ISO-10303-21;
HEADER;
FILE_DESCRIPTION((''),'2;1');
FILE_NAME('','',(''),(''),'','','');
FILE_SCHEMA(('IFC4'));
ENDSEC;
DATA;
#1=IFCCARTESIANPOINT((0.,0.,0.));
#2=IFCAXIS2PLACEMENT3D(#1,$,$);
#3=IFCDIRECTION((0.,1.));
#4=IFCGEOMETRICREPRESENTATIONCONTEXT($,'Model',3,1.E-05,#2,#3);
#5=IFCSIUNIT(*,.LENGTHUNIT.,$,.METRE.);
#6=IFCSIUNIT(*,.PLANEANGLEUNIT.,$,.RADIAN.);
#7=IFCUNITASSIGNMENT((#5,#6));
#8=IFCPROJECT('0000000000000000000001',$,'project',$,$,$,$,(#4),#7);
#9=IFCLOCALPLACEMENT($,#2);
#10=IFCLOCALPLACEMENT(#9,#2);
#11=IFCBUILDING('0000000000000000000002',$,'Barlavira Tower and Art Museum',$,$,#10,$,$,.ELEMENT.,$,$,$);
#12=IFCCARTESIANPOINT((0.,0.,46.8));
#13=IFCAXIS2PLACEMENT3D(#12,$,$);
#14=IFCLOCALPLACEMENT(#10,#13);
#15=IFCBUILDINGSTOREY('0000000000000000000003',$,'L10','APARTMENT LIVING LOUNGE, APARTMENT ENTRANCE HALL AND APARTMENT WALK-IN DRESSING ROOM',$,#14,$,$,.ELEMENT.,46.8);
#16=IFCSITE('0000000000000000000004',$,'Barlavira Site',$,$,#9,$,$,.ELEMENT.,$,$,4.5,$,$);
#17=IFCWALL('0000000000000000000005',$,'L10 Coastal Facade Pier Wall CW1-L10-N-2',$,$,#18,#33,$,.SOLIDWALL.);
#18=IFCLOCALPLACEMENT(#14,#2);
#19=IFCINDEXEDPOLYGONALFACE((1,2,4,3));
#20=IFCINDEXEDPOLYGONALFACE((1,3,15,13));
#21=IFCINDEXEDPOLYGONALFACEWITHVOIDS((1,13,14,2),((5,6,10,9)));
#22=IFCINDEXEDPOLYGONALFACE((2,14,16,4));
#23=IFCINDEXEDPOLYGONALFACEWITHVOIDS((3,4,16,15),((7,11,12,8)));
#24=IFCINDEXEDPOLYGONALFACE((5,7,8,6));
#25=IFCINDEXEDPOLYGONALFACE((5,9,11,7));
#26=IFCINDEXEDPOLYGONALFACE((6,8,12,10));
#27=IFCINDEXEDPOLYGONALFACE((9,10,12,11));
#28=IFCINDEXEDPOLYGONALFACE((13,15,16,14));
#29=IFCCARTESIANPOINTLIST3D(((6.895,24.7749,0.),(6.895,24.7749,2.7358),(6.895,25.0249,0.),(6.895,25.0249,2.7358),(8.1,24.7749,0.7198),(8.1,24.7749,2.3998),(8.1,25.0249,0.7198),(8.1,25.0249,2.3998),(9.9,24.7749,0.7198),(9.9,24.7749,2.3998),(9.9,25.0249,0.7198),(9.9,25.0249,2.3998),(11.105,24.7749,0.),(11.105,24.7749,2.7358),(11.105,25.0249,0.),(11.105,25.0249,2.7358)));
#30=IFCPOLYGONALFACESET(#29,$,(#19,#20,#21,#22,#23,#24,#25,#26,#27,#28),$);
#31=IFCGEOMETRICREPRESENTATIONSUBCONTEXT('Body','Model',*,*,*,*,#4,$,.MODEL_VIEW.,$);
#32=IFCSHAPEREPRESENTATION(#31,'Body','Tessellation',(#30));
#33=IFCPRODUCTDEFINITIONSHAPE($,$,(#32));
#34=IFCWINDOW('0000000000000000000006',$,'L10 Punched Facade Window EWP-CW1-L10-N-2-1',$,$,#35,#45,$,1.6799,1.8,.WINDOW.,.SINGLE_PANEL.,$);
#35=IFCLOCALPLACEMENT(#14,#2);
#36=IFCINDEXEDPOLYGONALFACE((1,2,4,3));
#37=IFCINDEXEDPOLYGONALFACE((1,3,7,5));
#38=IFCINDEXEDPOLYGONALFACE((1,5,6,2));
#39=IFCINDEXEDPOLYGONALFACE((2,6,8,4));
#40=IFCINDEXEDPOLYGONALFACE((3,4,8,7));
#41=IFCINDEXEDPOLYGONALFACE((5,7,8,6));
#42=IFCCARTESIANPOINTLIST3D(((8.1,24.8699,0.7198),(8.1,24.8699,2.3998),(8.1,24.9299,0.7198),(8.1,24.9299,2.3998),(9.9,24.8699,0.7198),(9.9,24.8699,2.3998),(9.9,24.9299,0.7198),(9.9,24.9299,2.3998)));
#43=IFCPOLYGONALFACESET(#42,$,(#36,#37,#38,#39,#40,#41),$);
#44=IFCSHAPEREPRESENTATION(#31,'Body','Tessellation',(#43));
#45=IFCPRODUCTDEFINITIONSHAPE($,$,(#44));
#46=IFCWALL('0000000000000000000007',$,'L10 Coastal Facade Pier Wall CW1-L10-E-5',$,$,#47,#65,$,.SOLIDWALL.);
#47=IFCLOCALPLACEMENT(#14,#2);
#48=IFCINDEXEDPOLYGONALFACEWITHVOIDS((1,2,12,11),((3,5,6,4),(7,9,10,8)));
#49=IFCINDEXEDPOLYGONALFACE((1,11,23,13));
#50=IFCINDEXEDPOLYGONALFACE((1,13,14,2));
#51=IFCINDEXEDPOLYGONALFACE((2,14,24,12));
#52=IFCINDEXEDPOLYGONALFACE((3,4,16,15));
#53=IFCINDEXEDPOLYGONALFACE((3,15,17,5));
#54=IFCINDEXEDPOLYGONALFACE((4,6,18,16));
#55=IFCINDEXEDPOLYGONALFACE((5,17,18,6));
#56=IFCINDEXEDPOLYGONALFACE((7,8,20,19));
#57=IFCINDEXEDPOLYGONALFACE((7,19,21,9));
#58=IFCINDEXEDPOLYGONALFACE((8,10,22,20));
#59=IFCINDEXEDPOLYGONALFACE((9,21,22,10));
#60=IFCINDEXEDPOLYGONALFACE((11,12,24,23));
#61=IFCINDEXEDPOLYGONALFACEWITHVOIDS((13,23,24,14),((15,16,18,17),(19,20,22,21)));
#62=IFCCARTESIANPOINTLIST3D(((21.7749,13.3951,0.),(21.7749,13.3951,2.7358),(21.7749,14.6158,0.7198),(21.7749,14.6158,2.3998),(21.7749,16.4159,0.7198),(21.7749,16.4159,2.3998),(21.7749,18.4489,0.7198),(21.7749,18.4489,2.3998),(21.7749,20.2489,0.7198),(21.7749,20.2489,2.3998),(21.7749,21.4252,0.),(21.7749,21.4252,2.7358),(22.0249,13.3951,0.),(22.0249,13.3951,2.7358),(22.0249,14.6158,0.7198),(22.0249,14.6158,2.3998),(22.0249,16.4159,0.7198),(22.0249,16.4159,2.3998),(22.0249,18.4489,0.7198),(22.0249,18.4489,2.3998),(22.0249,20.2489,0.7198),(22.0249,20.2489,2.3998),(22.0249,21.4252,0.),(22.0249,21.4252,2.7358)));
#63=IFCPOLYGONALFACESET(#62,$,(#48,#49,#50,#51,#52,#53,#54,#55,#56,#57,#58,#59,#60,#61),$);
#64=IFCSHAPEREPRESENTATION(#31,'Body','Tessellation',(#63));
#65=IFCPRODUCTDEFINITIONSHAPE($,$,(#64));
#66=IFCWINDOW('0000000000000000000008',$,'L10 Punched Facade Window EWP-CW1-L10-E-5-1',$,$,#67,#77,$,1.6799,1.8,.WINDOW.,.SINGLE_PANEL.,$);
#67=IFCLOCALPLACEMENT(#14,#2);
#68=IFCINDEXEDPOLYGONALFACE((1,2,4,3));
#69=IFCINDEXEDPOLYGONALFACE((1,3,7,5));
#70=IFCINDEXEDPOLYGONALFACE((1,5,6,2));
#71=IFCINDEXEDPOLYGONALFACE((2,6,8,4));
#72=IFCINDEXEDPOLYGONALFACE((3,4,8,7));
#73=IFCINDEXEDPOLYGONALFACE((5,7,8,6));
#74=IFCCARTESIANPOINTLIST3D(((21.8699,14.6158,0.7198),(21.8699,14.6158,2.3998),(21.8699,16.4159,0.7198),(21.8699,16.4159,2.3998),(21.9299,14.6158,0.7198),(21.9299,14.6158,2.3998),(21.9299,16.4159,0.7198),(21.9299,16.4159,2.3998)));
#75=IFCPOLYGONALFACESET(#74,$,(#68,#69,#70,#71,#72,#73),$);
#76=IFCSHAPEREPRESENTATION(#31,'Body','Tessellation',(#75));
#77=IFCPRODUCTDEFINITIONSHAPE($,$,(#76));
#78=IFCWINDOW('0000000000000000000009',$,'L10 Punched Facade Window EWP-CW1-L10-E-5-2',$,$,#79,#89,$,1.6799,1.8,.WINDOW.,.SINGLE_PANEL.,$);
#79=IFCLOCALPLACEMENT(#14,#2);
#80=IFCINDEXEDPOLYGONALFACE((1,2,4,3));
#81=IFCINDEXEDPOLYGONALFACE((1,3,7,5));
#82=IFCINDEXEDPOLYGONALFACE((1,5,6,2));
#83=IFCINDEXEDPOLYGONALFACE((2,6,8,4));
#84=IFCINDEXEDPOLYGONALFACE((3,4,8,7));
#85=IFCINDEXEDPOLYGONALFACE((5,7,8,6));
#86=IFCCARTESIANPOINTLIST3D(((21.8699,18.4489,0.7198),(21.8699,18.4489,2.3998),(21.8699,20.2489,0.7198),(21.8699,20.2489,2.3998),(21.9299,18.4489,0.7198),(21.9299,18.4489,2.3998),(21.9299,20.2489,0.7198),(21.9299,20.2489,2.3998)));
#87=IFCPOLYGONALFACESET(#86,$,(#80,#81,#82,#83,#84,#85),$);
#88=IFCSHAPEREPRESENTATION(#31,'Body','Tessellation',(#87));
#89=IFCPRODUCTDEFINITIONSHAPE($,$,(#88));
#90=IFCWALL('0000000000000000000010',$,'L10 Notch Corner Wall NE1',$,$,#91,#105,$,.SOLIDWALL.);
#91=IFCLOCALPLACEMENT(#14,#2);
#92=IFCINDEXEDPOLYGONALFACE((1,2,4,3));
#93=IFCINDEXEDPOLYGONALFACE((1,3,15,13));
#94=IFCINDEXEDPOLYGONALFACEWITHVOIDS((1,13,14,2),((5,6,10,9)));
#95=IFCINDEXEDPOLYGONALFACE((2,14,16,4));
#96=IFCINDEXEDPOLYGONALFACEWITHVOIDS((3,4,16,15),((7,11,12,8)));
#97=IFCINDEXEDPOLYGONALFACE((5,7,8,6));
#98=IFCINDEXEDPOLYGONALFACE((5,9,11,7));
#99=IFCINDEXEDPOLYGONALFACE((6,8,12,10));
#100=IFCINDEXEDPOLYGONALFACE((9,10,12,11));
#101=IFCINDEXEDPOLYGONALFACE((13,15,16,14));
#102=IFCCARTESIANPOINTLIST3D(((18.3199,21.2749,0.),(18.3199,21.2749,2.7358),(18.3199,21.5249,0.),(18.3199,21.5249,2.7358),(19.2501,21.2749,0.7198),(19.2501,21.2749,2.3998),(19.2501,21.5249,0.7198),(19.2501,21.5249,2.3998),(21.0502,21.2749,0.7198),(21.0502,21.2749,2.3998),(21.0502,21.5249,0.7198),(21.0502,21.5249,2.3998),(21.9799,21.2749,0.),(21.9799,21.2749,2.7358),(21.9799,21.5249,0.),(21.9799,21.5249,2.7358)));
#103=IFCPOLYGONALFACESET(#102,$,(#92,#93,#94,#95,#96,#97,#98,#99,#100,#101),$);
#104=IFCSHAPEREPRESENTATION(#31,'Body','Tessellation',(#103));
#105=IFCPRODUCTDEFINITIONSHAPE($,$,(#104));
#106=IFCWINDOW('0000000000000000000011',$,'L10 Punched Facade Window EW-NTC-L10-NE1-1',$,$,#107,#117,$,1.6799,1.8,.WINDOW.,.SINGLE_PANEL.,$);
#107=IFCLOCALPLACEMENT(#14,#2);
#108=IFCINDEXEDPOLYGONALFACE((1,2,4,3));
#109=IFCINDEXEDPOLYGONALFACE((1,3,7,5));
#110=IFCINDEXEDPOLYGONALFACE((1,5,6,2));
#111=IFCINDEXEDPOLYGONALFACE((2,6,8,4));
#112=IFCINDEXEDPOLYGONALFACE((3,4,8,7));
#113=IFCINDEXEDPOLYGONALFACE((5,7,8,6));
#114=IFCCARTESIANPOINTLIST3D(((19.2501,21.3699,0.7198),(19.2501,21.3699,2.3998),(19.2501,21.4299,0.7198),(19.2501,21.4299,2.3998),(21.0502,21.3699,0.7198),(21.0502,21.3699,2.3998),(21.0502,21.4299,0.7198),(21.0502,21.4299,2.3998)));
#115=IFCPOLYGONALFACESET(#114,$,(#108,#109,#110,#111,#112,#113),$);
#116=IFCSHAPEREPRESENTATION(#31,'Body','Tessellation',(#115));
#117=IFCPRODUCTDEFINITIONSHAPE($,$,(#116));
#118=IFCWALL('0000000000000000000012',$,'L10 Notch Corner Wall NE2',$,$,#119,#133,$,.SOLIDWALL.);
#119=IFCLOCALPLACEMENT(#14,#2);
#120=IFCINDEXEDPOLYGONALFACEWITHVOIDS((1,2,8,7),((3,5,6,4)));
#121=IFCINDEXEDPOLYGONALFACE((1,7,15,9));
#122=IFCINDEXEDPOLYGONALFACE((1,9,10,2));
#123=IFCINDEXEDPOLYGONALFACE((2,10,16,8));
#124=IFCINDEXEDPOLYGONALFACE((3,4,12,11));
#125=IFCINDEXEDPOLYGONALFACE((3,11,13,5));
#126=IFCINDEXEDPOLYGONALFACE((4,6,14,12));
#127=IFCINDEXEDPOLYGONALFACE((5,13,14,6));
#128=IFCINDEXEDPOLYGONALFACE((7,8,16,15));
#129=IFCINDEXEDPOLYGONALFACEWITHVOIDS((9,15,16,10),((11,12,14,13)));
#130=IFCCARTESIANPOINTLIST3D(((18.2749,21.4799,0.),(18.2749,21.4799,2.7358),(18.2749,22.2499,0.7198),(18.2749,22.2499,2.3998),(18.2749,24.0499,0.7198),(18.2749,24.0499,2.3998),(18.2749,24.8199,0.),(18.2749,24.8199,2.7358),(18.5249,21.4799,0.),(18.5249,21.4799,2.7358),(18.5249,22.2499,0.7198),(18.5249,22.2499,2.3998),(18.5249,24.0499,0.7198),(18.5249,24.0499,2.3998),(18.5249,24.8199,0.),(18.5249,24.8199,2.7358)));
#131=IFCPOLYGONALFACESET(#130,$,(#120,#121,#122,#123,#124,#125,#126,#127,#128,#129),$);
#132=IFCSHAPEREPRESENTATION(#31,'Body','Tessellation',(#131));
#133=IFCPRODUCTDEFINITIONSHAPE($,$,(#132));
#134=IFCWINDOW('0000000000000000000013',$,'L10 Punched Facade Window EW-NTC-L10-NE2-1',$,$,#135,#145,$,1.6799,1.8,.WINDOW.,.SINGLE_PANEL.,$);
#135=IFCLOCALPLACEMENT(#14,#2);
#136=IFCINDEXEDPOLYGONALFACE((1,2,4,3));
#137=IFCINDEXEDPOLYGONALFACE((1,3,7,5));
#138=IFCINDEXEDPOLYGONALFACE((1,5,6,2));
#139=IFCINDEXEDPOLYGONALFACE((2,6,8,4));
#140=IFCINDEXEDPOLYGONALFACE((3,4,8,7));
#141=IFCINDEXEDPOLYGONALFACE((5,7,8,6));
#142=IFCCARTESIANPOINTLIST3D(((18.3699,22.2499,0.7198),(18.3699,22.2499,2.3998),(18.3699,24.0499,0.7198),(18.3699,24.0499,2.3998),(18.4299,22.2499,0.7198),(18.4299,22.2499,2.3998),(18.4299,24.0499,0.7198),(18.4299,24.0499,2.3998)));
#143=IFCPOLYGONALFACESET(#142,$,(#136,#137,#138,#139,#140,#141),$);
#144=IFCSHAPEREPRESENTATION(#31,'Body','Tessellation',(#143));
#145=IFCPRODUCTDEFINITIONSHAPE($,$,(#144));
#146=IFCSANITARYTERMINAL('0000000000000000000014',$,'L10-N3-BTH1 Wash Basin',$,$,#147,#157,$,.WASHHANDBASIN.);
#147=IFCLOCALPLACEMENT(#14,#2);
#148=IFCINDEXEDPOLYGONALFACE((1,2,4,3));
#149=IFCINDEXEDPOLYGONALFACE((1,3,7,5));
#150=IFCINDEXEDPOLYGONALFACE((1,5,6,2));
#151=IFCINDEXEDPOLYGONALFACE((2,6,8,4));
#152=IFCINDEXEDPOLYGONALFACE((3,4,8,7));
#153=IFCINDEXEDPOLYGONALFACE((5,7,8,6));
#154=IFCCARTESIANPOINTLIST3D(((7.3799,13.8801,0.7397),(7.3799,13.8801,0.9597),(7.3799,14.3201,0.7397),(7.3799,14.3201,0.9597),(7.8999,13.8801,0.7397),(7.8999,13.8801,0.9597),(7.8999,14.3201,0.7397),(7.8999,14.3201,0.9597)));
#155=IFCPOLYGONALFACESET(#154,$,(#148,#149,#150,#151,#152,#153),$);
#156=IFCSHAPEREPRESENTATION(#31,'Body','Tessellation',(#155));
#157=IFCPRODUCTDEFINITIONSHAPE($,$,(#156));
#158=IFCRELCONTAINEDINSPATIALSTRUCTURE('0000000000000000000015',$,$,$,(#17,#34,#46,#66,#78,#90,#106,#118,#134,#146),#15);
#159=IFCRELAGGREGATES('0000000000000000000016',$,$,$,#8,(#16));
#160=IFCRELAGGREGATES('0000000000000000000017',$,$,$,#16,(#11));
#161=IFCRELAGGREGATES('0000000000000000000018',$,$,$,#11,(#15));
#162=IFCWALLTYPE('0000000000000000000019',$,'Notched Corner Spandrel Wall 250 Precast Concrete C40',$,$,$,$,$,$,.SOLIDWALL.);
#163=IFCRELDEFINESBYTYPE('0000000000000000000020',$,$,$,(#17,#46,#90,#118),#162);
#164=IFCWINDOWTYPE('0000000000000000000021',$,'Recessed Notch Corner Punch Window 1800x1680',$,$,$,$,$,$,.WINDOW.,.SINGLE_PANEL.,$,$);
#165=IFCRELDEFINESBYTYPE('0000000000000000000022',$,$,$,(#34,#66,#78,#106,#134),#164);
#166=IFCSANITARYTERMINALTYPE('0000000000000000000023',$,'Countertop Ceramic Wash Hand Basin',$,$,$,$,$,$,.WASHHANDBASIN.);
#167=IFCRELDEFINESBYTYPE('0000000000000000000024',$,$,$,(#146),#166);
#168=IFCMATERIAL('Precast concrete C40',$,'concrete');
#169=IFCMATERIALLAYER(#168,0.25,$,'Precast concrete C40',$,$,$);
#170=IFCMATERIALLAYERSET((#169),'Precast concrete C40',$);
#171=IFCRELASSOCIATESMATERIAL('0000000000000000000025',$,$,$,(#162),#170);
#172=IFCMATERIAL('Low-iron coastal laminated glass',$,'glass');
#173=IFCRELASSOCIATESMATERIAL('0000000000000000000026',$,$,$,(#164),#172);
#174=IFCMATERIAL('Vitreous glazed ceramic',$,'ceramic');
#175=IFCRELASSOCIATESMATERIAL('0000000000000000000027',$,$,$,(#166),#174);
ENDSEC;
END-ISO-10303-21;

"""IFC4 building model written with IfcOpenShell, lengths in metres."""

from ifc_helpers import new_model, si_unit, direction, frame, frame_2d, origin, origin_2d, place, context, subcontext, project, spatial, rectangle, extrude, material, layer, layer_set, type_object, element, fill, save


model = new_model("IFC4")

# Units and contexts
model_context = context("Model", 3, precision=1e-05, world=origin(), true_north=direction((0.0, 1.0)))
body_context = subcontext(model_context, "Body", "Model", "MODEL_VIEW")
ifc_project = project(units=[si_unit("LENGTHUNIT", "METRE"), si_unit("PLANEANGLEUNIT", "RADIAN")], contexts=[model_context])

# Site, building, storey
site_placement = place(None, origin())
site = spatial("IfcSite", under=ifc_project, at=site_placement, Name="Barlavira Site", CompositionType="ELEMENT", RefElevation=4.5)
building_placement = place(site_placement, origin())
building = spatial("IfcBuilding", under=site, at=building_placement, Name="Barlavira Tower and Art Museum", CompositionType="ELEMENT")
storey_placement = place(building_placement, frame((0.0, 0.0, 46.8)))
storey = spatial("IfcBuildingStorey", under=building, at=storey_placement, Name="L10", Description="APARTMENT LIVING LOUNGE, APARTMENT ENTRANCE HALL AND APARTMENT WALK-IN DRESSING ROOM", CompositionType="ELEMENT", Elevation=46.8)

# Shared definitions
ifc_material_1 = material(Name="Precast concrete C40", Category="concrete")
ifc_layer_1 = layer(ifc_material_1, 0.25, Name="Precast concrete C40")
ifc_layer_set_1 = layer_set([ifc_layer_1], Name="Precast concrete C40")
wall_type_1 = type_object("IfcWallType", Name="Notched Corner Spandrel Wall 250 Precast Concrete C40", PredefinedType="SOLIDWALL", material=ifc_layer_set_1)
ifc_material_2 = material(Name="Low-iron coastal laminated glass", Category="glass")
window_type = type_object("IfcWindowType", Name="Recessed Notch Corner Punch Window 1800x1680", PartitioningType="SINGLE_PANEL", PredefinedType="WINDOW", material=ifc_material_2)

# Wall, opening, window
wall_1_placement = place(storey_placement, frame((11.105, 24.8999, 0.0), z_axis=(0.0, 0.0, 1.0), x_axis=(-1.0, 0.0, 0.0)))
wall_1 = element("IfcWall", 1, at=wall_1_placement, inside=storey, type_object=wall_type_1, Name="L10 Coastal Facade Pier Wall CW1-L10-N-2", PredefinedType="SOLIDWALL", context=body_context, shape_type="SweptSolid", body=[
    extrude(rectangle(XDim=4.21, YDim=0.25, at=frame_2d((2.105, 0.0))), origin(), (0.0, 0.0, 1.0), 2.7358),
])
opening_1_placement = place(wall_1_placement, frame((1.2051, 0.0, 0.72)))
opening_1 = element("IfcOpeningElement", 2, at=opening_1_placement, cuts=wall_1, PredefinedType="OPENING", context=body_context, shape_type="SweptSolid", body=[
    extrude(rectangle(XDim=1.8, YDim=1.6799, at=frame_2d((0.8999, 0.8398))), frame((0.0, 0.135, 0.0), z_axis=(0.0, -1.0, 0.0), x_axis=(1.0, 0.0, 0.0)), (0.0, 0.0, 1.0), 0.27),
])
window_1_placement = place(opening_1_placement, origin())
window_1 = element("IfcWindow", 3, at=window_1_placement, inside=storey, type_object=window_type, Name="L10 Punched Facade Window EWP-CW1-L10-N-2-1", OverallHeight=1.6799, OverallWidth=1.8, PartitioningType="SINGLE_PANEL", PredefinedType="WINDOW", context=body_context, shape_type="SweptSolid", body=[
    extrude(rectangle(XDim=1.8, YDim=1.6799, at=frame_2d((0.8999, 0.8398))), frame((0.0, 0.03, 0.0), z_axis=(0.0, -1.0, 0.0), x_axis=(1.0, 0.0, 0.0)), (0.0, 0.0, 1.0), 0.0601),
])
fill(opening_1, window_1)

# Wall, openings, windows
wall_2_placement = place(storey_placement, frame((21.8999, 13.395, 0.0), z_axis=(0.0, 0.0, 1.0), x_axis=(0.0, 1.0, 0.0)))
wall_2 = element("IfcWall", 4, at=wall_2_placement, inside=storey, type_object=wall_type_1, Name="L10 Coastal Facade Pier Wall CW1-L10-E-5", PredefinedType="SOLIDWALL", context=body_context, shape_type="SweptSolid", body=[
    extrude(rectangle(XDim=8.03, YDim=0.25, at=frame_2d((4.0151, 0.0))), origin(), (0.0, 0.0, 1.0), 2.7358),
])
opening_2_placement = place(wall_2_placement, frame((1.2209, 0.0, 0.72)))
opening_2 = element("IfcOpeningElement", 5, at=opening_2_placement, cuts=wall_2, PredefinedType="OPENING", context=body_context, shape_type="SweptSolid", body=[
    extrude(rectangle(XDim=1.8, YDim=1.6799, at=frame_2d((0.8999, 0.8398))), frame((0.0, 0.135, 0.0), z_axis=(0.0, -1.0, 0.0), x_axis=(1.0, 0.0, 0.0)), (0.0, 0.0, 1.0), 0.27),
])
opening_3_placement = place(wall_2_placement, frame((5.054, 0.0, 0.72)))
opening_3 = element("IfcOpeningElement", 6, at=opening_3_placement, cuts=wall_2, PredefinedType="OPENING", context=body_context, shape_type="SweptSolid", body=[
    extrude(rectangle(XDim=1.8, YDim=1.6799, at=frame_2d((0.8999, 0.8398))), frame((0.0, 0.135, 0.0), z_axis=(0.0, -1.0, 0.0), x_axis=(1.0, 0.0, 0.0)), (0.0, 0.0, 1.0), 0.27),
])
window_2_placement = place(opening_2_placement, origin())
window_2 = element("IfcWindow", 7, at=window_2_placement, inside=storey, type_object=window_type, Name="L10 Punched Facade Window EWP-CW1-L10-E-5-1", OverallHeight=1.6799, OverallWidth=1.8, PartitioningType="SINGLE_PANEL", PredefinedType="WINDOW", context=body_context, shape_type="SweptSolid", body=[
    extrude(rectangle(XDim=1.8, YDim=1.6799, at=frame_2d((0.8999, 0.8398))), frame((0.0, 0.03, 0.0), z_axis=(0.0, -1.0, 0.0), x_axis=(1.0, 0.0, 0.0)), (0.0, 0.0, 1.0), 0.0601),
])
fill(opening_2, window_2)
window_3_placement = place(opening_3_placement, origin())
window_3 = element("IfcWindow", 8, at=window_3_placement, inside=storey, type_object=window_type, Name="L10 Punched Facade Window EWP-CW1-L10-E-5-2", OverallHeight=1.6799, OverallWidth=1.8, PartitioningType="SINGLE_PANEL", PredefinedType="WINDOW", context=body_context, shape_type="SweptSolid", body=[
    extrude(rectangle(XDim=1.8, YDim=1.6799, at=frame_2d((0.8999, 0.8398))), frame((0.0, 0.03, 0.0), z_axis=(0.0, -1.0, 0.0), x_axis=(1.0, 0.0, 0.0)), (0.0, 0.0, 1.0), 0.0601),
])
fill(opening_3, window_3)

# Walls, openings, windows
wall_3_placement = place(storey_placement, frame((21.98, 21.3999, 0.0), z_axis=(0.0, 0.0, 1.0), x_axis=(-1.0, 0.0, 0.0)))
wall_3 = element("IfcWall", 9, at=wall_3_placement, inside=storey, type_object=wall_type_1, Name="L10 Notch Corner Wall NE1", PredefinedType="SOLIDWALL", context=body_context, shape_type="SweptSolid", body=[
    extrude(rectangle(XDim=3.6599, YDim=0.25, at=frame_2d((1.8301, 0.0))), origin(), (0.0, 0.0, 1.0), 2.7358),
])
opening_4_placement = place(wall_3_placement, frame((0.9299, 0.0, 0.72)))
opening_4 = element("IfcOpeningElement", 10, at=opening_4_placement, cuts=wall_3, PredefinedType="OPENING", context=body_context, shape_type="SweptSolid", body=[
    extrude(rectangle(XDim=1.8, YDim=1.6799, at=frame_2d((0.8999, 0.8398))), frame((0.0, 0.135, 0.0), z_axis=(0.0, -1.0, 0.0), x_axis=(1.0, 0.0, 0.0)), (0.0, 0.0, 1.0), 0.27),
])
window_4_placement = place(opening_4_placement, origin())
window_4 = element("IfcWindow", 11, at=window_4_placement, inside=storey, type_object=window_type, Name="L10 Punched Facade Window EW-NTC-L10-NE1-1", OverallHeight=1.6799, OverallWidth=1.8, PartitioningType="SINGLE_PANEL", PredefinedType="WINDOW", context=body_context, shape_type="SweptSolid", body=[
    extrude(rectangle(XDim=1.8, YDim=1.6799, at=frame_2d((0.8999, 0.8398))), frame((0.0, 0.03, 0.0), z_axis=(0.0, -1.0, 0.0), x_axis=(1.0, 0.0, 0.0)), (0.0, 0.0, 1.0), 0.0601),
])
fill(opening_4, window_4)
wall_4_placement = place(storey_placement, frame((18.3999, 21.48, 0.0), z_axis=(0.0, 0.0, 1.0), x_axis=(0.0, 1.0, 0.0)))
wall_4 = element("IfcWall", 12, at=wall_4_placement, inside=storey, type_object=wall_type_1, Name="L10 Notch Corner Wall NE2", PredefinedType="SOLIDWALL", context=body_context, shape_type="SweptSolid", body=[
    extrude(rectangle(XDim=3.3401, YDim=0.25, at=frame_2d((1.6699, 0.0))), origin(), (0.0, 0.0, 1.0), 2.7358),
])
opening_5_placement = place(wall_4_placement, frame((0.77, 0.0, 0.72)))
opening_5 = element("IfcOpeningElement", 13, at=opening_5_placement, cuts=wall_4, PredefinedType="OPENING", context=body_context, shape_type="SweptSolid", body=[
    extrude(rectangle(XDim=1.8, YDim=1.6799, at=frame_2d((0.8999, 0.8398))), frame((0.0, 0.135, 0.0), z_axis=(0.0, -1.0, 0.0), x_axis=(1.0, 0.0, 0.0)), (0.0, 0.0, 1.0), 0.27),
])
window_5_placement = place(opening_5_placement, origin())
window_5 = element("IfcWindow", 14, at=window_5_placement, inside=storey, type_object=window_type, Name="L10 Punched Facade Window EW-NTC-L10-NE2-1", OverallHeight=1.6799, OverallWidth=1.8, PartitioningType="SINGLE_PANEL", PredefinedType="WINDOW", context=body_context, shape_type="SweptSolid", body=[
    extrude(rectangle(XDim=1.8, YDim=1.6799, at=frame_2d((0.8999, 0.8398))), frame((0.0, 0.03, 0.0), z_axis=(0.0, -1.0, 0.0), x_axis=(1.0, 0.0, 0.0)), (0.0, 0.0, 1.0), 0.0601),
])
fill(opening_5, window_5)

# Sanitary terminal
ifc_material_3 = material(Name="Vitreous glazed ceramic", Category="ceramic")
sanitary_terminal_type = type_object("IfcSanitaryTerminalType", Name="Countertop Ceramic Wash Hand Basin", PredefinedType="WASHHANDBASIN", material=ifc_material_3)
sanitary_terminal_placement = place(storey_placement, frame((7.6399, 14.1001, 0.7397), z_axis=(0.0, 0.0, 1.0), x_axis=(1.0, 0.0, 0.0)))
element("IfcSanitaryTerminal", 15, at=sanitary_terminal_placement, inside=storey, type_object=sanitary_terminal_type, Name="L10-N3-BTH1 Wash Basin", PredefinedType="WASHHANDBASIN", context=body_context, shape_type="SweptSolid", body=[
    extrude(rectangle(XDim=0.52, YDim=0.4399, at=origin_2d()), origin(), (0.0, 0.0, 1.0), 0.22),
])

save(model, "model.ifc")
